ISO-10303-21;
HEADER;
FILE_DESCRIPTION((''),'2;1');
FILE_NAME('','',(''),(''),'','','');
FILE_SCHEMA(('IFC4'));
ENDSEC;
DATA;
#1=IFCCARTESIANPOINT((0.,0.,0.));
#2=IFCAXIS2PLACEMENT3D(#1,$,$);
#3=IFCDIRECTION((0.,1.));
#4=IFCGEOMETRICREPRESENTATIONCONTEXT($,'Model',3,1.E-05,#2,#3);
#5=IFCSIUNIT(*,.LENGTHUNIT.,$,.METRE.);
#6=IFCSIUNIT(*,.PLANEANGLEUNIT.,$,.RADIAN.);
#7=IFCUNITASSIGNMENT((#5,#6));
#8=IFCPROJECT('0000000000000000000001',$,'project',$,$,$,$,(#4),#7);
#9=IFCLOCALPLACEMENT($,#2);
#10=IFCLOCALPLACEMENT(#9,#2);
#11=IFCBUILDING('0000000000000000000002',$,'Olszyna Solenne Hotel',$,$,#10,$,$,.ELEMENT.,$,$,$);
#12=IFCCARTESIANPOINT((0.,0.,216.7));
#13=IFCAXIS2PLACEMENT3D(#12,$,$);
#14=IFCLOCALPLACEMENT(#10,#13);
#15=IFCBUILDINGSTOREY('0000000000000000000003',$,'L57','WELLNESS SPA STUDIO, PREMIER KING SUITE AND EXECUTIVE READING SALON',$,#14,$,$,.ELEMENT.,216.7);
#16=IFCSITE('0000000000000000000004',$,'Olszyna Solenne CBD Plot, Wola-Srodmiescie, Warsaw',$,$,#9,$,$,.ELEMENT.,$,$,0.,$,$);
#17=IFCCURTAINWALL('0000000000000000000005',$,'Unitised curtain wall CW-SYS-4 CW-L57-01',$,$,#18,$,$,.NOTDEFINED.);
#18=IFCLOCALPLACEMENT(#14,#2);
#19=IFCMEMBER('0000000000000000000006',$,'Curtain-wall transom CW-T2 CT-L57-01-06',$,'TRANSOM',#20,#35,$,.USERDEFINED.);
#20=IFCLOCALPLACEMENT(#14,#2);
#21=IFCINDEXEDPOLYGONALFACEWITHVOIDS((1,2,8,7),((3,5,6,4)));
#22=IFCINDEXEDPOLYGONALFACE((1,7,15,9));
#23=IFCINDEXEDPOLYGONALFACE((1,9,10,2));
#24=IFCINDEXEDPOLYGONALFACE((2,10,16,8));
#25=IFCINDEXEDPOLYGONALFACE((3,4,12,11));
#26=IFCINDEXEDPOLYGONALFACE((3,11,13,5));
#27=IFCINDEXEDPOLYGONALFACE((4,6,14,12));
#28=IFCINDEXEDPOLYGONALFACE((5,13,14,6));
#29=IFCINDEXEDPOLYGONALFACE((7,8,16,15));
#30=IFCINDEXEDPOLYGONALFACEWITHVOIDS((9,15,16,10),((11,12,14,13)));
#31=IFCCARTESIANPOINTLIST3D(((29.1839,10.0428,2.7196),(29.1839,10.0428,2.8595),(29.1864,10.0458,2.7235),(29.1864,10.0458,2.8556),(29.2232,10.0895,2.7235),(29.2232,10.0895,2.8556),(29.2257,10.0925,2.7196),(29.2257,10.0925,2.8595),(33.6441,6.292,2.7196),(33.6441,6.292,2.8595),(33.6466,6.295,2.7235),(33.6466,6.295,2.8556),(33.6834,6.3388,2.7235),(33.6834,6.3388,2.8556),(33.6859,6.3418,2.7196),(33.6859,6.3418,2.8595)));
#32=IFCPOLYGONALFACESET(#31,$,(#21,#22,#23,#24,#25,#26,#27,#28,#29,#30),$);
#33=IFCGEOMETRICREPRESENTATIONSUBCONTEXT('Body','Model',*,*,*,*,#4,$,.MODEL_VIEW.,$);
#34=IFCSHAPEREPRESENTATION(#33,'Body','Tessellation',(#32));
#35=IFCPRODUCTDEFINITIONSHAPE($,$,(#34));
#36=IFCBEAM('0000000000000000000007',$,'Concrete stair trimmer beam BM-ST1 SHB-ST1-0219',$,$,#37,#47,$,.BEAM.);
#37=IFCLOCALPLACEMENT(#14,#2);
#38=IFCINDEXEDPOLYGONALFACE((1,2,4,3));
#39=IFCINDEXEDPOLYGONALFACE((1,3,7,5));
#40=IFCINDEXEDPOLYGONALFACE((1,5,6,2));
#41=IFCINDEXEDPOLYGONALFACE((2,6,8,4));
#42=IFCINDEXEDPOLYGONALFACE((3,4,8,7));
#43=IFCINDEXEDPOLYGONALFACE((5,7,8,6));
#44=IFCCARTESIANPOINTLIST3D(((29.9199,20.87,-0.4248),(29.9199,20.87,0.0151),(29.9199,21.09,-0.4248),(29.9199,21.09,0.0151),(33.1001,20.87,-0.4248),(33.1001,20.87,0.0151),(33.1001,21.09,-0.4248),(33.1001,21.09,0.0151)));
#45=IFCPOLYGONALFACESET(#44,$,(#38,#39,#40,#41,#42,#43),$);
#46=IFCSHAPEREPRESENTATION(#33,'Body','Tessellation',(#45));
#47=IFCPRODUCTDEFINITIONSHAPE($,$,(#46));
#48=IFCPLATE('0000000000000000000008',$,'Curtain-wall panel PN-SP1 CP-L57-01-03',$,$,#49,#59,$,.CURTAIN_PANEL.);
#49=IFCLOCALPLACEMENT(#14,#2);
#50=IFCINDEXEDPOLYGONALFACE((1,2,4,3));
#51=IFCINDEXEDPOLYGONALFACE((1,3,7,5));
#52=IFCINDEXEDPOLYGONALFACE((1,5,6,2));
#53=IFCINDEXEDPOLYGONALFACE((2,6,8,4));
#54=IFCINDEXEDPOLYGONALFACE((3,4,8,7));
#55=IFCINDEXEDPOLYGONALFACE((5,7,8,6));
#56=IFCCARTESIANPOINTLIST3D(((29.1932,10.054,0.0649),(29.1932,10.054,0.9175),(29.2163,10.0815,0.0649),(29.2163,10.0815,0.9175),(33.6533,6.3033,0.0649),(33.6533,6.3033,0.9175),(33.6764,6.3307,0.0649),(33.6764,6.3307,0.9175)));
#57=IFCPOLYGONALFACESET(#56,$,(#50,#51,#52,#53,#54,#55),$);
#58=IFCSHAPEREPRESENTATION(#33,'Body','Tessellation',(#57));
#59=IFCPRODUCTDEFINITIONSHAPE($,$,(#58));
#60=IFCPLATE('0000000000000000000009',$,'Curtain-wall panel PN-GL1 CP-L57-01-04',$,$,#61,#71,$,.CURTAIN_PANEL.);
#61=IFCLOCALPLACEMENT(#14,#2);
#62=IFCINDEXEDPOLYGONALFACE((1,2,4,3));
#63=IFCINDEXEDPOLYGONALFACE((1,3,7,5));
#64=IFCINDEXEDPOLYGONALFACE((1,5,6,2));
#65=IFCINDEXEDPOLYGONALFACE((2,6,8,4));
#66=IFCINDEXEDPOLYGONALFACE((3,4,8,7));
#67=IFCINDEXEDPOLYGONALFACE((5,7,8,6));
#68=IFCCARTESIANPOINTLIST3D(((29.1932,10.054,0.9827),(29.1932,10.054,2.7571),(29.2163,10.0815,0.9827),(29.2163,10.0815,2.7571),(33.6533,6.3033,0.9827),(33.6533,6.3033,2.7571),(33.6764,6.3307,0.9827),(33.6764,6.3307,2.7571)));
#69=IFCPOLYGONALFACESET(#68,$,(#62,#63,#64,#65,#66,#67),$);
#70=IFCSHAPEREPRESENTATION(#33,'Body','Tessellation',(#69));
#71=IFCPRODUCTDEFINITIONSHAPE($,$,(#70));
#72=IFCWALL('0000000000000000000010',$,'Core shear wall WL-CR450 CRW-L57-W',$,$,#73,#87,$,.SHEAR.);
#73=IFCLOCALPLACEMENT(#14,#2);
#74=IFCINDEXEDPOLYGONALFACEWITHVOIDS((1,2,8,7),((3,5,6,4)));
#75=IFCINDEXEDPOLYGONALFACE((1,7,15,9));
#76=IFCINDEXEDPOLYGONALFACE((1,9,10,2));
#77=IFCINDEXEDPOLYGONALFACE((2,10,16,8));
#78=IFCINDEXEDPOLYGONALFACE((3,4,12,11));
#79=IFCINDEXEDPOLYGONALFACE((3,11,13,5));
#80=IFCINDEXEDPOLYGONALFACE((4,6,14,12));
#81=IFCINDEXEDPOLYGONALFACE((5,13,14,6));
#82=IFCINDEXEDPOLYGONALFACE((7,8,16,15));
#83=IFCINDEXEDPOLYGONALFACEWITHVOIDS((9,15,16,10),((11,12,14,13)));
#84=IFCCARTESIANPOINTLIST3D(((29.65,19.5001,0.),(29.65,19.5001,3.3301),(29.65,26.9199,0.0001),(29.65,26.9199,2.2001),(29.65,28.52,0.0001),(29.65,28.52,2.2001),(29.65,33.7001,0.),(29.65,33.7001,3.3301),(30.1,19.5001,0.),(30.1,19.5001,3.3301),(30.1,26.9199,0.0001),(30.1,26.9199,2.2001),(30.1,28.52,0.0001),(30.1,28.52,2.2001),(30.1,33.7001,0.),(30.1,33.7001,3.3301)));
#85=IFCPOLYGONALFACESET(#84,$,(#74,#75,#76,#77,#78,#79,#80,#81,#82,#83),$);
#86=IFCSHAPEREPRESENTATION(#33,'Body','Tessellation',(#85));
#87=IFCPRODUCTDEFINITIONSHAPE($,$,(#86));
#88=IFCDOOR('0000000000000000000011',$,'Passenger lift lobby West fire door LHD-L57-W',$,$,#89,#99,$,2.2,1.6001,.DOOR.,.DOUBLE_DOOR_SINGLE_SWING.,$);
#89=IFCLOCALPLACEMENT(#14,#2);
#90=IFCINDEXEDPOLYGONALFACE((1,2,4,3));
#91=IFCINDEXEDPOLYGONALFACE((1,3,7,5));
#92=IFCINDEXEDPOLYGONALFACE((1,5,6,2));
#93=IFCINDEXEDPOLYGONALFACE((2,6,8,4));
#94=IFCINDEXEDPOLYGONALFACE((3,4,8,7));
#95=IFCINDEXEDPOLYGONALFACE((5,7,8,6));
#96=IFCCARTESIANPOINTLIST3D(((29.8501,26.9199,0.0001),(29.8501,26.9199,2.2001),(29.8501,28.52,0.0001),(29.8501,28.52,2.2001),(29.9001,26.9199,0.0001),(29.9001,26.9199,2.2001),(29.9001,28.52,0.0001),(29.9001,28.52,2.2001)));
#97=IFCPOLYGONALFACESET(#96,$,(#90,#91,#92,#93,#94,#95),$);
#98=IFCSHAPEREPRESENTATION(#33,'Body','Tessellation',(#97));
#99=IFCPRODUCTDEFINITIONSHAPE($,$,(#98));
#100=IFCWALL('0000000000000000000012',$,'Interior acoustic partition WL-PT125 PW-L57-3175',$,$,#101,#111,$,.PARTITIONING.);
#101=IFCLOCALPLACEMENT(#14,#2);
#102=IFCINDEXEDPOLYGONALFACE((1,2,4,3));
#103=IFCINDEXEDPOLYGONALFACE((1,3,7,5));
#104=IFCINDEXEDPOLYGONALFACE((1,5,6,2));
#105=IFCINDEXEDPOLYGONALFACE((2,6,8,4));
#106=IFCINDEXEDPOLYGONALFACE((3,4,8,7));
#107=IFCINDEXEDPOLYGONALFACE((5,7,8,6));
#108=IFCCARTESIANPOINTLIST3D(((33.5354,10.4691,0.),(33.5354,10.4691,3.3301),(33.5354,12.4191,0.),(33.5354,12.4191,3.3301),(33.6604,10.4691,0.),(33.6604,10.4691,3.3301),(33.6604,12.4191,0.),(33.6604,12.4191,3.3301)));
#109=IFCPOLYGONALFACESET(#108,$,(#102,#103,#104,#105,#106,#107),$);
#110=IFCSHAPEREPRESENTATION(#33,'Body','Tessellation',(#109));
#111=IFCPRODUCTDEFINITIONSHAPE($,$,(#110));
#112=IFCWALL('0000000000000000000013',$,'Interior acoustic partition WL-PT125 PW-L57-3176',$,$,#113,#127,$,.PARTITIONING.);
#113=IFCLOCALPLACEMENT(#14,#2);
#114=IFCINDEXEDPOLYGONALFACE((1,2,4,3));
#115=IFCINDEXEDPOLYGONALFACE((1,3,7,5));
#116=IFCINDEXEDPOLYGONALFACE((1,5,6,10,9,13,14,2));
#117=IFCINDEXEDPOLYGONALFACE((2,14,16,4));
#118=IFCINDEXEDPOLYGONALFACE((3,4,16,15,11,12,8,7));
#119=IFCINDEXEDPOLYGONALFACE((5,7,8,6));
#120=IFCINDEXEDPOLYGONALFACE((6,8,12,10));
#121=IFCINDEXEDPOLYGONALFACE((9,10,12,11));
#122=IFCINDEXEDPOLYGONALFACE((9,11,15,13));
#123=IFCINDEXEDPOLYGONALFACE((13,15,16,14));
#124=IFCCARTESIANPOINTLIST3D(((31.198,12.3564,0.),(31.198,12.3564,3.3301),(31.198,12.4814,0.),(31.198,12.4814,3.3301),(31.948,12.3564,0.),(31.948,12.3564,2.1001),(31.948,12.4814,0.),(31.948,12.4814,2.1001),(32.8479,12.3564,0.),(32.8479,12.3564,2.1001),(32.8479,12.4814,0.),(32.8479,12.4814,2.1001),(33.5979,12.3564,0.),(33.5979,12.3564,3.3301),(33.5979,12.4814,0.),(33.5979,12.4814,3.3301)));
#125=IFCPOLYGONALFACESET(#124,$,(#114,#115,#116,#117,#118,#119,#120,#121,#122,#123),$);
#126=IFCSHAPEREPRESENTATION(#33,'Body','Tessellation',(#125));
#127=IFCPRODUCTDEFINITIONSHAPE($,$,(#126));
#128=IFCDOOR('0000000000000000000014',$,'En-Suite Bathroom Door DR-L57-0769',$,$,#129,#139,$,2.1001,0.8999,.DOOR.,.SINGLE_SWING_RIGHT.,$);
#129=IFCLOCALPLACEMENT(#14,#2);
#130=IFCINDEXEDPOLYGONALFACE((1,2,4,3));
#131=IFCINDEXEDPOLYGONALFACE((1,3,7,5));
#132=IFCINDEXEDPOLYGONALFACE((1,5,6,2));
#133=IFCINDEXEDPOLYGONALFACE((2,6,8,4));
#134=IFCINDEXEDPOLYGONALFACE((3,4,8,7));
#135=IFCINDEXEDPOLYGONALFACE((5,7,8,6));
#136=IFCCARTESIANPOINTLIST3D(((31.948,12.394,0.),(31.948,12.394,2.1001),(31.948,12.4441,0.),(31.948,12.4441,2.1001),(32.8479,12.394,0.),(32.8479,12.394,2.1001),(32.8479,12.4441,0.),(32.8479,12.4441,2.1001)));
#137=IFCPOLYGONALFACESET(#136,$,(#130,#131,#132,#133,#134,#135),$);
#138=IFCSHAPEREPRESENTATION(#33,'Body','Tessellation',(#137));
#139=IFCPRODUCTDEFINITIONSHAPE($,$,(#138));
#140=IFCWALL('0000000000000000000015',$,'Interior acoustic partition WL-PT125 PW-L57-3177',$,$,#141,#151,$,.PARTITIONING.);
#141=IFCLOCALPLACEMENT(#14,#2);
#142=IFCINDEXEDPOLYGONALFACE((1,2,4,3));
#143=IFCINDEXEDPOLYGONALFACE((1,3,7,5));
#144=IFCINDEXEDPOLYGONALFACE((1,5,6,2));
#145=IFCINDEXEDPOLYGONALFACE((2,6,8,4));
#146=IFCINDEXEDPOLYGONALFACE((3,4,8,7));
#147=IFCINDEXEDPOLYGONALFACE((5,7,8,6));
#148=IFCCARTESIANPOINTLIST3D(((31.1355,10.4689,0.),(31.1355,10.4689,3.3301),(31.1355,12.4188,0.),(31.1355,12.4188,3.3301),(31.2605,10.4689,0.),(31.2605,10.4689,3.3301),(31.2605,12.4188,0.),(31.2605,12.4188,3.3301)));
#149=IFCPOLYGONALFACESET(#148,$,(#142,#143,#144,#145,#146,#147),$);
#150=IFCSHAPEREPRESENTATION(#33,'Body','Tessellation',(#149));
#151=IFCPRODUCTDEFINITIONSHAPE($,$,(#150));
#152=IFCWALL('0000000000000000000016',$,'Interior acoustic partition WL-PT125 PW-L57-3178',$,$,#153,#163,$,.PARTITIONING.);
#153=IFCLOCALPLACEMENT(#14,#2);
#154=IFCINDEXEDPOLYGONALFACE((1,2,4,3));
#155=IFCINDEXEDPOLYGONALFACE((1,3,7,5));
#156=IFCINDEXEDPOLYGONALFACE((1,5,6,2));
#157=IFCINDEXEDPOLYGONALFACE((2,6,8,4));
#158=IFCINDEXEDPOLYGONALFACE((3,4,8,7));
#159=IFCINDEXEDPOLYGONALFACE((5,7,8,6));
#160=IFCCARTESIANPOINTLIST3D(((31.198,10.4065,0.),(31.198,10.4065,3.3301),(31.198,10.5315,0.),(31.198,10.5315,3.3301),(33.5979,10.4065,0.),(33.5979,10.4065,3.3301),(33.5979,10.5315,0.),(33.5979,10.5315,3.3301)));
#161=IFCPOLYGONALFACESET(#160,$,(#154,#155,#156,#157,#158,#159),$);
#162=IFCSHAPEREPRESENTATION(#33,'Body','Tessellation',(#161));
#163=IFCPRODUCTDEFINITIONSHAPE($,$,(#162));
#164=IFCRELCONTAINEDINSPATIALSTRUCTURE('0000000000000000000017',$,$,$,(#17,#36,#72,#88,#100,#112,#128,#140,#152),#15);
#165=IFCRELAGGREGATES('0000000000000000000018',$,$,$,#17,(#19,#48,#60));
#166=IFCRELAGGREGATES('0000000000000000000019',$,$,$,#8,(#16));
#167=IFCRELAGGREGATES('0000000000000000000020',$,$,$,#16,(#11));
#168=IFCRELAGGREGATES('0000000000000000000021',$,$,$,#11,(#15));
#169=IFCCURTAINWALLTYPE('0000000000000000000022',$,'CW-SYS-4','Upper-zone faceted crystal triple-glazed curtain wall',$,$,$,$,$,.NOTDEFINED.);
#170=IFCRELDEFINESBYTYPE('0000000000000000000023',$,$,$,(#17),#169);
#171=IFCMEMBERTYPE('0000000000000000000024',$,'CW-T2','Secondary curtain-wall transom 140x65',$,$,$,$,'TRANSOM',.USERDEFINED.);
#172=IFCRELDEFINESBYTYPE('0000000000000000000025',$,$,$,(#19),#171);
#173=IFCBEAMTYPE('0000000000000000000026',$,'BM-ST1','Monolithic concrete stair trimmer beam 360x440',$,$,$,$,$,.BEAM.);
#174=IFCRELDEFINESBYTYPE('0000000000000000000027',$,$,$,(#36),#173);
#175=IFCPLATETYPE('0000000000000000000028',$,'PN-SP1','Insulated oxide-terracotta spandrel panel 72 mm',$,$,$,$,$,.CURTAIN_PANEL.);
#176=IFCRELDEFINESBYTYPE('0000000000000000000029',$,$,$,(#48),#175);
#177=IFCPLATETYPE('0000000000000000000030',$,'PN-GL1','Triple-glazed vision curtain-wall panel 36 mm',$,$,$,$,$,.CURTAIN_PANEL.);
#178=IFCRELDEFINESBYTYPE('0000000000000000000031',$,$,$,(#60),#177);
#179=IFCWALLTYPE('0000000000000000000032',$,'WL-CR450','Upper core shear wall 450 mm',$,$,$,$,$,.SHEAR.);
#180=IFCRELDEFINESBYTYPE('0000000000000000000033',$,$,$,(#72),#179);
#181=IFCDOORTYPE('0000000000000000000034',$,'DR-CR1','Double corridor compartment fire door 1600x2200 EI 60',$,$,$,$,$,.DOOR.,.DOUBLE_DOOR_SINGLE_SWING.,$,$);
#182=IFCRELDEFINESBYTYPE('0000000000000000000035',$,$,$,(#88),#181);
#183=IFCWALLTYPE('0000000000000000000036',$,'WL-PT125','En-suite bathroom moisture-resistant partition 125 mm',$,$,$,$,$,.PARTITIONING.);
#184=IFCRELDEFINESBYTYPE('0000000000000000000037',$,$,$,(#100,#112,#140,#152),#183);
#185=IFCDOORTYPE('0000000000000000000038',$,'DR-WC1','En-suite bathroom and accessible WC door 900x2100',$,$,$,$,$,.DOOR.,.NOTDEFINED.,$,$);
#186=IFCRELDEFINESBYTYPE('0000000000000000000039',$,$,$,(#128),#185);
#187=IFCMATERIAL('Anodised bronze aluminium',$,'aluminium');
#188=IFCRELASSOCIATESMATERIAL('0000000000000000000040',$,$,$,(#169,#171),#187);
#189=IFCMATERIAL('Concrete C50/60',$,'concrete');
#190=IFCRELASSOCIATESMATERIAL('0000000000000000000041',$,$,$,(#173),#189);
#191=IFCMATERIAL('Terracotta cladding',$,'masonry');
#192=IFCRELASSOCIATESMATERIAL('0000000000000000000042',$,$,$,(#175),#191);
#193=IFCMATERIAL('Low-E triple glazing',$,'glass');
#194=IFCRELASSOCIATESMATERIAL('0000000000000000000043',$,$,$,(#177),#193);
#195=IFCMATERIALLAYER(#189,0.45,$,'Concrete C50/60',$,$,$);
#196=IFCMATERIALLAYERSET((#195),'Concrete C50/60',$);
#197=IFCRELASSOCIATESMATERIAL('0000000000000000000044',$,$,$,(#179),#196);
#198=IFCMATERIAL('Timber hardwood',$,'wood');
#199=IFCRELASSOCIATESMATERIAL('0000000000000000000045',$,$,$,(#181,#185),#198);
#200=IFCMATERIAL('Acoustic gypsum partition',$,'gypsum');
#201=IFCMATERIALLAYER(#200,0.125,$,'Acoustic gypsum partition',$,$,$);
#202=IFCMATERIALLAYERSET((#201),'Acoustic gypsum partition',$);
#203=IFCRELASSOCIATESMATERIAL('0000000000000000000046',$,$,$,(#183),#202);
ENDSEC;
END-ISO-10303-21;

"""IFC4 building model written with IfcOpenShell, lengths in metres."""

from ifc_helpers import new_model, si_unit, direction, frame, frame_2d, origin, origin_2d, place, context, subcontext, project, spatial, rectangle, hollow_rectangle, extrude, source, transform, mapped, material, layer, layer_set, material_profile, profile_set, type_object, type_shapes, element, fill, aggregate, save


model = new_model("IFC4")

# Units and contexts
model_context = context("Model", 3, precision=1e-05, world=origin(), true_north=direction((0.0, 1.0)))
body_context = subcontext(model_context, "Body", "Model", "MODEL_VIEW")
ifc_project = project(units=[si_unit("LENGTHUNIT", "METRE"), si_unit("PLANEANGLEUNIT", "RADIAN")], contexts=[model_context])

# Site, building, storey
site_placement = place(None, origin())
site = spatial("IfcSite", under=ifc_project, at=site_placement, Name="Olszyna Solenne CBD Plot, Wola-Srodmiescie, Warsaw", CompositionType="ELEMENT", RefElevation=0.0)
building_placement = place(site_placement, origin())
building = spatial("IfcBuilding", under=site, at=building_placement, Name="Olszyna Solenne Hotel", CompositionType="ELEMENT")
storey_placement = place(building_placement, frame((0.0, 0.0, 216.7)))
storey = spatial("IfcBuildingStorey", under=building, at=storey_placement, Name="L57", Description="WELLNESS SPA STUDIO, PREMIER KING SUITE AND EXECUTIVE READING SALON", CompositionType="ELEMENT", Elevation=216.7)

# Curtain wall, member
ifc_material_1 = material(Name="Anodised bronze aluminium", Category="aluminium")
curtain_wall_type = type_object("IfcCurtainWallType", Name="CW-SYS-4", Description="Upper-zone faceted crystal triple-glazed curtain wall", PredefinedType="NOTDEFINED", material=ifc_material_1)
curtain_wall_placement = place(storey_placement, origin())
curtain_wall = element("IfcCurtainWall", 1, at=curtain_wall_placement, inside=storey, type_object=curtain_wall_type, Name="Unitised curtain wall CW-SYS-4 CW-L57-01", PredefinedType="NOTDEFINED")
ifc_material_profile_1 = material_profile(ifc_material_1, hollow_rectangle(XDim=0.0649, YDim=0.1399, WallThickness=0.0039, at=origin_2d()), Name="TRAN 140x65x4", Category="load-bearing")
ifc_profile_set_1 = profile_set([ifc_material_profile_1], Name="Anodised bronze aluminium")
member_type_1 = type_object("IfcMemberType", Name="CW-T2", Description="Secondary curtain-wall transom 140x65", ElementType="TRANSOM", PredefinedType="USERDEFINED", material=ifc_profile_set_1)
shared_shape_1 = source(origin(), body_context, "Body", "SweptSolid", [
    extrude(hollow_rectangle(XDim=0.0649, YDim=0.1399, WallThickness=0.0039, at=origin_2d()), origin(), (0.0, 0.0, 1.0), 5.8276),
])
member_1_placement = place(storey_placement, frame((29.2048, 10.0676, 2.7896), z_axis=(0.765353, -0.643611, 0.0), x_axis=(0.643611, 0.765353, 0.0)))
member_1 = element("IfcMember", 2, at=member_1_placement, type_object=member_type_1, Name="Curtain-wall transom CW-T2 CT-L57-01-06", ObjectType="TRANSOM", PredefinedType="USERDEFINED", context=body_context, shape_type="MappedRepresentation", body=[
    mapped(shared_shape_1, transform((0.0, 0.0, 0.0), x_axis=(1.0, 0.0, 0.0), y_axis=(0.0, 1.0, 0.0), z_axis=(0.0, 0.0, 1.0), scale=1.0)),
])

# Beam
ifc_material_2 = material(Name="Concrete C50/60", Category="concrete")
ifc_material_profile_2 = material_profile(ifc_material_2, rectangle(XDim=0.22, YDim=0.4399, at=origin_2d()), Name="RC 220x440", Category="load-bearing")
ifc_profile_set_2 = profile_set([ifc_material_profile_2], Name="Concrete C50/60")
beam_type_1 = type_object("IfcBeamType", Name="BM-ST1", Description="Monolithic concrete stair trimmer beam 360x440", PredefinedType="BEAM", material=ifc_profile_set_2)
shared_shape_2 = source(origin(), body_context, "Body", "SweptSolid", [
    extrude(rectangle(XDim=0.22, YDim=0.4399, at=origin_2d()), origin(), (0.0, 0.0, 1.0), 3.1802),
])
beam_1_placement = place(storey_placement, frame((33.1001, 20.98, -0.2048), z_axis=(-1.0, 0.0, 0.0), x_axis=(0.0, -1.0, 0.0)))
element("IfcBeam", 3, at=beam_1_placement, inside=storey, type_object=beam_type_1, Name="Concrete stair trimmer beam BM-ST1 SHB-ST1-0219", PredefinedType="BEAM", context=body_context, shape_type="MappedRepresentation", body=[
    mapped(shared_shape_2, transform((0.0, 0.0, 0.0), x_axis=(1.0, 0.0, 0.0), y_axis=(0.0, 1.0, 0.0), z_axis=(0.0, 0.0, 1.0), scale=1.0)),
])

# Plates
ifc_material_3 = material(Name="Terracotta cladding", Category="masonry")
plate_type_1 = type_object("IfcPlateType", Name="PN-SP1", Description="Insulated oxide-terracotta spandrel panel 72 mm", PredefinedType="CURTAIN_PANEL", material=ifc_material_3)
shared_shape_3 = source(origin(), body_context, "Body", "SweptSolid", [
    extrude(rectangle(XDim=5.8276, YDim=0.0359, at=origin_2d()), origin(), (0.0, 0.0, 1.0), 0.8525),
])
plate_1_placement = place(storey_placement, frame((31.4348, 8.1924, 0.0649), z_axis=(0.0, 0.0, 1.0), x_axis=(0.765343, -0.643622, 0.0)))
plate_1 = element("IfcPlate", 4, at=plate_1_placement, type_object=plate_type_1, Name="Curtain-wall panel PN-SP1 CP-L57-01-03", PredefinedType="CURTAIN_PANEL", context=body_context, shape_type="MappedRepresentation", body=[
    mapped(shared_shape_3, transform((0.0, 0.0, 0.0), x_axis=(1.0, 0.0, 0.0), y_axis=(0.0, 1.0, 0.0), z_axis=(0.0, 0.0, 1.0), scale=1.0)),
])
ifc_material_4 = material(Name="Low-E triple glazing", Category="glass")
plate_type_2 = type_object("IfcPlateType", Name="PN-GL1", Description="Triple-glazed vision curtain-wall panel 36 mm", PredefinedType="CURTAIN_PANEL", material=ifc_material_4)
shared_shape_4 = source(origin(), body_context, "Body", "SweptSolid", [
    extrude(rectangle(XDim=5.8276, YDim=0.0359, at=origin_2d()), origin(), (0.0, 0.0, 1.0), 1.7744),
])
plate_2_placement = place(storey_placement, frame((31.4348, 8.1924, 0.9827), z_axis=(0.0, 0.0, 1.0), x_axis=(0.765343, -0.643622, 0.0)))
plate_2 = element("IfcPlate", 5, at=plate_2_placement, type_object=plate_type_2, Name="Curtain-wall panel PN-GL1 CP-L57-01-04", PredefinedType="CURTAIN_PANEL", context=body_context, shape_type="MappedRepresentation", body=[
    mapped(shared_shape_4, transform((0.0, 0.0, 0.0), x_axis=(1.0, 0.0, 0.0), y_axis=(0.0, 1.0, 0.0), z_axis=(0.0, 0.0, 1.0), scale=1.0)),
])
aggregate(curtain_wall, [member_1, plate_1, plate_2])

# Wall, opening, door
ifc_layer_1 = layer(ifc_material_2, 0.45, Name="Concrete C50/60")
ifc_layer_set_1 = layer_set([ifc_layer_1], Name="Concrete C50/60")
wall_type_1 = type_object("IfcWallType", Name="WL-CR450", Description="Upper core shear wall 450 mm", PredefinedType="SHEAR", material=ifc_layer_set_1)
wall_1_placement = place(storey_placement, frame((29.875, 19.5, 0.0), z_axis=(0.0, 0.0, 1.0), x_axis=(0.0, 1.0, 0.0)))
wall_1 = element("IfcWall", 6, at=wall_1_placement, inside=storey, type_object=wall_type_1, Name="Core shear wall WL-CR450 CRW-L57-W", PredefinedType="SHEAR", context=body_context, shape_type="SweptSolid", body=[
    extrude(rectangle(XDim=14.2, YDim=0.45, at=frame_2d((7.1001, 0.0))), origin(), (0.0, 0.0, 1.0), 3.3301),
])
opening_1_placement = place(wall_1_placement, frame((7.4199, 0.0, 0.0)))
opening_1 = element("IfcOpeningElement", 7, at=opening_1_placement, cuts=wall_1, PredefinedType="OPENING", context=body_context, shape_type="SweptSolid", body=[
    extrude(rectangle(XDim=1.6001, YDim=2.2, at=frame_2d((0.8, 1.1001))), frame((0.0, 0.2349, 0.0), z_axis=(0.0, -1.0, 0.0), x_axis=(1.0, 0.0, 0.0)), (0.0, 0.0, 1.0), 0.47),
])
ifc_material_5 = material(Name="Timber hardwood", Category="wood")
door_type_1 = type_object("IfcDoorType", Name="DR-CR1", Description="Double corridor compartment fire door 1600x2200 EI 60", OperationType="DOUBLE_DOOR_SINGLE_SWING", PredefinedType="DOOR", material=ifc_material_5)
shared_shape_5 = source(origin(), body_context, "Body", "SweptSolid", [
    extrude(rectangle(XDim=1.6001, YDim=2.2, at=frame_2d((0.8, 1.1001))), frame((0.0, 0.0249, 0.0), z_axis=(0.0, -1.0, 0.0), x_axis=(1.0, 0.0, 0.0)), (0.0, 0.0, 1.0), 0.05),
])
type_shapes(door_type_1, [shared_shape_5])
door_1_placement = place(opening_1_placement, origin())
door_1 = element("IfcDoor", 8, at=door_1_placement, inside=storey, type_object=door_type_1, Name="Passenger lift lobby West fire door LHD-L57-W", OperationType="DOUBLE_DOOR_SINGLE_SWING", OverallHeight=2.2, OverallWidth=1.6001, PredefinedType="DOOR", context=body_context, shape_type="MappedRepresentation", body=[
    mapped(shared_shape_5, transform((0.0, 0.0, 0.0), x_axis=(1.0, 0.0, 0.0), y_axis=(0.0, 1.0, 0.0), z_axis=(0.0, 0.0, 1.0), scale=1.0)),
])
fill(opening_1, door_1)

# Wall
ifc_material_6 = material(Name="Acoustic gypsum partition", Category="gypsum")
ifc_layer_2 = layer(ifc_material_6, 0.125, Name="Acoustic gypsum partition")
ifc_layer_set_2 = layer_set([ifc_layer_2], Name="Acoustic gypsum partition")
wall_type_2 = type_object("IfcWallType", Name="WL-PT125", Description="En-suite bathroom moisture-resistant partition 125 mm", PredefinedType="PARTITIONING", material=ifc_layer_set_2)
wall_2_placement = place(storey_placement, frame((33.5979, 10.469, 0.0), z_axis=(0.0, 0.0, 1.0), x_axis=(0.0, 1.0, 0.0)))
element("IfcWall", 9, at=wall_2_placement, inside=storey, type_object=wall_type_2, Name="Interior acoustic partition WL-PT125 PW-L57-3175", PredefinedType="PARTITIONING", context=body_context, shape_type="SweptSolid", body=[
    extrude(rectangle(XDim=1.95, YDim=0.125, at=frame_2d((0.9751, 0.0))), origin(), (0.0, 0.0, 1.0), 3.3301),
])

# Wall, opening, door
wall_3_placement = place(storey_placement, frame((33.5979, 12.4189, 0.0), z_axis=(0.0, 0.0, 1.0), x_axis=(-1.0, 0.0, 0.0)))
wall_3 = element("IfcWall", 10, at=wall_3_placement, inside=storey, type_object=wall_type_2, Name="Interior acoustic partition WL-PT125 PW-L57-3176", PredefinedType="PARTITIONING", context=body_context, shape_type="SweptSolid", body=[
    extrude(rectangle(XDim=2.3999, YDim=0.125, at=frame_2d((1.2, 0.0))), origin(), (0.0, 0.0, 1.0), 3.3301),
])
opening_2_placement = place(wall_3_placement, frame((0.75, 0.0, 0.0)))
opening_2 = element("IfcOpeningElement", 11, at=opening_2_placement, cuts=wall_3, PredefinedType="OPENING", context=body_context, shape_type="SweptSolid", body=[
    extrude(rectangle(XDim=0.8999, YDim=2.1001, at=frame_2d((0.45, 1.05))), frame((0.0, 0.0725, 0.0), z_axis=(0.0, -1.0, 0.0), x_axis=(1.0, 0.0, 0.0)), (0.0, 0.0, 1.0), 0.145),
])
door_type_2 = type_object("IfcDoorType", Name="DR-WC1", Description="En-suite bathroom and accessible WC door 900x2100", OperationType="NOTDEFINED", PredefinedType="DOOR", material=ifc_material_5)
shared_shape_6 = source(origin(), body_context, "Body", "SweptSolid", [
    extrude(rectangle(XDim=0.8999, YDim=2.1001, at=frame_2d((0.45, 1.05))), frame((0.0, 0.0249, 0.0), z_axis=(0.0, -1.0, 0.0), x_axis=(1.0, 0.0, 0.0)), (0.0, 0.0, 1.0), 0.05),
])
type_shapes(door_type_2, [shared_shape_6])
door_2_placement = place(opening_2_placement, origin())
door_2 = element("IfcDoor", 12, at=door_2_placement, inside=storey, type_object=door_type_2, Name="En-Suite Bathroom Door DR-L57-0769", OperationType="SINGLE_SWING_RIGHT", OverallHeight=2.1001, OverallWidth=0.8999, PredefinedType="DOOR", context=body_context, shape_type="MappedRepresentation", body=[
    mapped(shared_shape_6, transform((0.0, 0.0, 0.0), x_axis=(1.0, 0.0, 0.0), y_axis=(0.0, 1.0, 0.0), z_axis=(0.0, 0.0, 1.0), scale=1.0)),
])
fill(opening_2, door_2)

# Walls
wall_4_placement = place(storey_placement, frame((31.198, 12.4189, 0.0), z_axis=(0.0, 0.0, 1.0), x_axis=(0.0, -1.0, 0.0)))
element("IfcWall", 13, at=wall_4_placement, inside=storey, type_object=wall_type_2, Name="Interior acoustic partition WL-PT125 PW-L57-3177", PredefinedType="PARTITIONING", context=body_context, shape_type="SweptSolid", body=[
    extrude(rectangle(XDim=1.95, YDim=0.125, at=frame_2d((0.9751, 0.0))), origin(), (0.0, 0.0, 1.0), 3.3301),
])
wall_5_placement = place(storey_placement, frame((31.198, 10.469, 0.0), z_axis=(0.0, 0.0, 1.0), x_axis=(1.0, 0.0, 0.0)))
element("IfcWall", 14, at=wall_5_placement, inside=storey, type_object=wall_type_2, Name="Interior acoustic partition WL-PT125 PW-L57-3178", PredefinedType="PARTITIONING", context=body_context, shape_type="SweptSolid", body=[
    extrude(rectangle(XDim=2.3999, YDim=0.125, at=frame_2d((1.2, 0.0))), origin(), (0.0, 0.0, 1.0), 3.3301),
])

save(model, "model.ifc")
